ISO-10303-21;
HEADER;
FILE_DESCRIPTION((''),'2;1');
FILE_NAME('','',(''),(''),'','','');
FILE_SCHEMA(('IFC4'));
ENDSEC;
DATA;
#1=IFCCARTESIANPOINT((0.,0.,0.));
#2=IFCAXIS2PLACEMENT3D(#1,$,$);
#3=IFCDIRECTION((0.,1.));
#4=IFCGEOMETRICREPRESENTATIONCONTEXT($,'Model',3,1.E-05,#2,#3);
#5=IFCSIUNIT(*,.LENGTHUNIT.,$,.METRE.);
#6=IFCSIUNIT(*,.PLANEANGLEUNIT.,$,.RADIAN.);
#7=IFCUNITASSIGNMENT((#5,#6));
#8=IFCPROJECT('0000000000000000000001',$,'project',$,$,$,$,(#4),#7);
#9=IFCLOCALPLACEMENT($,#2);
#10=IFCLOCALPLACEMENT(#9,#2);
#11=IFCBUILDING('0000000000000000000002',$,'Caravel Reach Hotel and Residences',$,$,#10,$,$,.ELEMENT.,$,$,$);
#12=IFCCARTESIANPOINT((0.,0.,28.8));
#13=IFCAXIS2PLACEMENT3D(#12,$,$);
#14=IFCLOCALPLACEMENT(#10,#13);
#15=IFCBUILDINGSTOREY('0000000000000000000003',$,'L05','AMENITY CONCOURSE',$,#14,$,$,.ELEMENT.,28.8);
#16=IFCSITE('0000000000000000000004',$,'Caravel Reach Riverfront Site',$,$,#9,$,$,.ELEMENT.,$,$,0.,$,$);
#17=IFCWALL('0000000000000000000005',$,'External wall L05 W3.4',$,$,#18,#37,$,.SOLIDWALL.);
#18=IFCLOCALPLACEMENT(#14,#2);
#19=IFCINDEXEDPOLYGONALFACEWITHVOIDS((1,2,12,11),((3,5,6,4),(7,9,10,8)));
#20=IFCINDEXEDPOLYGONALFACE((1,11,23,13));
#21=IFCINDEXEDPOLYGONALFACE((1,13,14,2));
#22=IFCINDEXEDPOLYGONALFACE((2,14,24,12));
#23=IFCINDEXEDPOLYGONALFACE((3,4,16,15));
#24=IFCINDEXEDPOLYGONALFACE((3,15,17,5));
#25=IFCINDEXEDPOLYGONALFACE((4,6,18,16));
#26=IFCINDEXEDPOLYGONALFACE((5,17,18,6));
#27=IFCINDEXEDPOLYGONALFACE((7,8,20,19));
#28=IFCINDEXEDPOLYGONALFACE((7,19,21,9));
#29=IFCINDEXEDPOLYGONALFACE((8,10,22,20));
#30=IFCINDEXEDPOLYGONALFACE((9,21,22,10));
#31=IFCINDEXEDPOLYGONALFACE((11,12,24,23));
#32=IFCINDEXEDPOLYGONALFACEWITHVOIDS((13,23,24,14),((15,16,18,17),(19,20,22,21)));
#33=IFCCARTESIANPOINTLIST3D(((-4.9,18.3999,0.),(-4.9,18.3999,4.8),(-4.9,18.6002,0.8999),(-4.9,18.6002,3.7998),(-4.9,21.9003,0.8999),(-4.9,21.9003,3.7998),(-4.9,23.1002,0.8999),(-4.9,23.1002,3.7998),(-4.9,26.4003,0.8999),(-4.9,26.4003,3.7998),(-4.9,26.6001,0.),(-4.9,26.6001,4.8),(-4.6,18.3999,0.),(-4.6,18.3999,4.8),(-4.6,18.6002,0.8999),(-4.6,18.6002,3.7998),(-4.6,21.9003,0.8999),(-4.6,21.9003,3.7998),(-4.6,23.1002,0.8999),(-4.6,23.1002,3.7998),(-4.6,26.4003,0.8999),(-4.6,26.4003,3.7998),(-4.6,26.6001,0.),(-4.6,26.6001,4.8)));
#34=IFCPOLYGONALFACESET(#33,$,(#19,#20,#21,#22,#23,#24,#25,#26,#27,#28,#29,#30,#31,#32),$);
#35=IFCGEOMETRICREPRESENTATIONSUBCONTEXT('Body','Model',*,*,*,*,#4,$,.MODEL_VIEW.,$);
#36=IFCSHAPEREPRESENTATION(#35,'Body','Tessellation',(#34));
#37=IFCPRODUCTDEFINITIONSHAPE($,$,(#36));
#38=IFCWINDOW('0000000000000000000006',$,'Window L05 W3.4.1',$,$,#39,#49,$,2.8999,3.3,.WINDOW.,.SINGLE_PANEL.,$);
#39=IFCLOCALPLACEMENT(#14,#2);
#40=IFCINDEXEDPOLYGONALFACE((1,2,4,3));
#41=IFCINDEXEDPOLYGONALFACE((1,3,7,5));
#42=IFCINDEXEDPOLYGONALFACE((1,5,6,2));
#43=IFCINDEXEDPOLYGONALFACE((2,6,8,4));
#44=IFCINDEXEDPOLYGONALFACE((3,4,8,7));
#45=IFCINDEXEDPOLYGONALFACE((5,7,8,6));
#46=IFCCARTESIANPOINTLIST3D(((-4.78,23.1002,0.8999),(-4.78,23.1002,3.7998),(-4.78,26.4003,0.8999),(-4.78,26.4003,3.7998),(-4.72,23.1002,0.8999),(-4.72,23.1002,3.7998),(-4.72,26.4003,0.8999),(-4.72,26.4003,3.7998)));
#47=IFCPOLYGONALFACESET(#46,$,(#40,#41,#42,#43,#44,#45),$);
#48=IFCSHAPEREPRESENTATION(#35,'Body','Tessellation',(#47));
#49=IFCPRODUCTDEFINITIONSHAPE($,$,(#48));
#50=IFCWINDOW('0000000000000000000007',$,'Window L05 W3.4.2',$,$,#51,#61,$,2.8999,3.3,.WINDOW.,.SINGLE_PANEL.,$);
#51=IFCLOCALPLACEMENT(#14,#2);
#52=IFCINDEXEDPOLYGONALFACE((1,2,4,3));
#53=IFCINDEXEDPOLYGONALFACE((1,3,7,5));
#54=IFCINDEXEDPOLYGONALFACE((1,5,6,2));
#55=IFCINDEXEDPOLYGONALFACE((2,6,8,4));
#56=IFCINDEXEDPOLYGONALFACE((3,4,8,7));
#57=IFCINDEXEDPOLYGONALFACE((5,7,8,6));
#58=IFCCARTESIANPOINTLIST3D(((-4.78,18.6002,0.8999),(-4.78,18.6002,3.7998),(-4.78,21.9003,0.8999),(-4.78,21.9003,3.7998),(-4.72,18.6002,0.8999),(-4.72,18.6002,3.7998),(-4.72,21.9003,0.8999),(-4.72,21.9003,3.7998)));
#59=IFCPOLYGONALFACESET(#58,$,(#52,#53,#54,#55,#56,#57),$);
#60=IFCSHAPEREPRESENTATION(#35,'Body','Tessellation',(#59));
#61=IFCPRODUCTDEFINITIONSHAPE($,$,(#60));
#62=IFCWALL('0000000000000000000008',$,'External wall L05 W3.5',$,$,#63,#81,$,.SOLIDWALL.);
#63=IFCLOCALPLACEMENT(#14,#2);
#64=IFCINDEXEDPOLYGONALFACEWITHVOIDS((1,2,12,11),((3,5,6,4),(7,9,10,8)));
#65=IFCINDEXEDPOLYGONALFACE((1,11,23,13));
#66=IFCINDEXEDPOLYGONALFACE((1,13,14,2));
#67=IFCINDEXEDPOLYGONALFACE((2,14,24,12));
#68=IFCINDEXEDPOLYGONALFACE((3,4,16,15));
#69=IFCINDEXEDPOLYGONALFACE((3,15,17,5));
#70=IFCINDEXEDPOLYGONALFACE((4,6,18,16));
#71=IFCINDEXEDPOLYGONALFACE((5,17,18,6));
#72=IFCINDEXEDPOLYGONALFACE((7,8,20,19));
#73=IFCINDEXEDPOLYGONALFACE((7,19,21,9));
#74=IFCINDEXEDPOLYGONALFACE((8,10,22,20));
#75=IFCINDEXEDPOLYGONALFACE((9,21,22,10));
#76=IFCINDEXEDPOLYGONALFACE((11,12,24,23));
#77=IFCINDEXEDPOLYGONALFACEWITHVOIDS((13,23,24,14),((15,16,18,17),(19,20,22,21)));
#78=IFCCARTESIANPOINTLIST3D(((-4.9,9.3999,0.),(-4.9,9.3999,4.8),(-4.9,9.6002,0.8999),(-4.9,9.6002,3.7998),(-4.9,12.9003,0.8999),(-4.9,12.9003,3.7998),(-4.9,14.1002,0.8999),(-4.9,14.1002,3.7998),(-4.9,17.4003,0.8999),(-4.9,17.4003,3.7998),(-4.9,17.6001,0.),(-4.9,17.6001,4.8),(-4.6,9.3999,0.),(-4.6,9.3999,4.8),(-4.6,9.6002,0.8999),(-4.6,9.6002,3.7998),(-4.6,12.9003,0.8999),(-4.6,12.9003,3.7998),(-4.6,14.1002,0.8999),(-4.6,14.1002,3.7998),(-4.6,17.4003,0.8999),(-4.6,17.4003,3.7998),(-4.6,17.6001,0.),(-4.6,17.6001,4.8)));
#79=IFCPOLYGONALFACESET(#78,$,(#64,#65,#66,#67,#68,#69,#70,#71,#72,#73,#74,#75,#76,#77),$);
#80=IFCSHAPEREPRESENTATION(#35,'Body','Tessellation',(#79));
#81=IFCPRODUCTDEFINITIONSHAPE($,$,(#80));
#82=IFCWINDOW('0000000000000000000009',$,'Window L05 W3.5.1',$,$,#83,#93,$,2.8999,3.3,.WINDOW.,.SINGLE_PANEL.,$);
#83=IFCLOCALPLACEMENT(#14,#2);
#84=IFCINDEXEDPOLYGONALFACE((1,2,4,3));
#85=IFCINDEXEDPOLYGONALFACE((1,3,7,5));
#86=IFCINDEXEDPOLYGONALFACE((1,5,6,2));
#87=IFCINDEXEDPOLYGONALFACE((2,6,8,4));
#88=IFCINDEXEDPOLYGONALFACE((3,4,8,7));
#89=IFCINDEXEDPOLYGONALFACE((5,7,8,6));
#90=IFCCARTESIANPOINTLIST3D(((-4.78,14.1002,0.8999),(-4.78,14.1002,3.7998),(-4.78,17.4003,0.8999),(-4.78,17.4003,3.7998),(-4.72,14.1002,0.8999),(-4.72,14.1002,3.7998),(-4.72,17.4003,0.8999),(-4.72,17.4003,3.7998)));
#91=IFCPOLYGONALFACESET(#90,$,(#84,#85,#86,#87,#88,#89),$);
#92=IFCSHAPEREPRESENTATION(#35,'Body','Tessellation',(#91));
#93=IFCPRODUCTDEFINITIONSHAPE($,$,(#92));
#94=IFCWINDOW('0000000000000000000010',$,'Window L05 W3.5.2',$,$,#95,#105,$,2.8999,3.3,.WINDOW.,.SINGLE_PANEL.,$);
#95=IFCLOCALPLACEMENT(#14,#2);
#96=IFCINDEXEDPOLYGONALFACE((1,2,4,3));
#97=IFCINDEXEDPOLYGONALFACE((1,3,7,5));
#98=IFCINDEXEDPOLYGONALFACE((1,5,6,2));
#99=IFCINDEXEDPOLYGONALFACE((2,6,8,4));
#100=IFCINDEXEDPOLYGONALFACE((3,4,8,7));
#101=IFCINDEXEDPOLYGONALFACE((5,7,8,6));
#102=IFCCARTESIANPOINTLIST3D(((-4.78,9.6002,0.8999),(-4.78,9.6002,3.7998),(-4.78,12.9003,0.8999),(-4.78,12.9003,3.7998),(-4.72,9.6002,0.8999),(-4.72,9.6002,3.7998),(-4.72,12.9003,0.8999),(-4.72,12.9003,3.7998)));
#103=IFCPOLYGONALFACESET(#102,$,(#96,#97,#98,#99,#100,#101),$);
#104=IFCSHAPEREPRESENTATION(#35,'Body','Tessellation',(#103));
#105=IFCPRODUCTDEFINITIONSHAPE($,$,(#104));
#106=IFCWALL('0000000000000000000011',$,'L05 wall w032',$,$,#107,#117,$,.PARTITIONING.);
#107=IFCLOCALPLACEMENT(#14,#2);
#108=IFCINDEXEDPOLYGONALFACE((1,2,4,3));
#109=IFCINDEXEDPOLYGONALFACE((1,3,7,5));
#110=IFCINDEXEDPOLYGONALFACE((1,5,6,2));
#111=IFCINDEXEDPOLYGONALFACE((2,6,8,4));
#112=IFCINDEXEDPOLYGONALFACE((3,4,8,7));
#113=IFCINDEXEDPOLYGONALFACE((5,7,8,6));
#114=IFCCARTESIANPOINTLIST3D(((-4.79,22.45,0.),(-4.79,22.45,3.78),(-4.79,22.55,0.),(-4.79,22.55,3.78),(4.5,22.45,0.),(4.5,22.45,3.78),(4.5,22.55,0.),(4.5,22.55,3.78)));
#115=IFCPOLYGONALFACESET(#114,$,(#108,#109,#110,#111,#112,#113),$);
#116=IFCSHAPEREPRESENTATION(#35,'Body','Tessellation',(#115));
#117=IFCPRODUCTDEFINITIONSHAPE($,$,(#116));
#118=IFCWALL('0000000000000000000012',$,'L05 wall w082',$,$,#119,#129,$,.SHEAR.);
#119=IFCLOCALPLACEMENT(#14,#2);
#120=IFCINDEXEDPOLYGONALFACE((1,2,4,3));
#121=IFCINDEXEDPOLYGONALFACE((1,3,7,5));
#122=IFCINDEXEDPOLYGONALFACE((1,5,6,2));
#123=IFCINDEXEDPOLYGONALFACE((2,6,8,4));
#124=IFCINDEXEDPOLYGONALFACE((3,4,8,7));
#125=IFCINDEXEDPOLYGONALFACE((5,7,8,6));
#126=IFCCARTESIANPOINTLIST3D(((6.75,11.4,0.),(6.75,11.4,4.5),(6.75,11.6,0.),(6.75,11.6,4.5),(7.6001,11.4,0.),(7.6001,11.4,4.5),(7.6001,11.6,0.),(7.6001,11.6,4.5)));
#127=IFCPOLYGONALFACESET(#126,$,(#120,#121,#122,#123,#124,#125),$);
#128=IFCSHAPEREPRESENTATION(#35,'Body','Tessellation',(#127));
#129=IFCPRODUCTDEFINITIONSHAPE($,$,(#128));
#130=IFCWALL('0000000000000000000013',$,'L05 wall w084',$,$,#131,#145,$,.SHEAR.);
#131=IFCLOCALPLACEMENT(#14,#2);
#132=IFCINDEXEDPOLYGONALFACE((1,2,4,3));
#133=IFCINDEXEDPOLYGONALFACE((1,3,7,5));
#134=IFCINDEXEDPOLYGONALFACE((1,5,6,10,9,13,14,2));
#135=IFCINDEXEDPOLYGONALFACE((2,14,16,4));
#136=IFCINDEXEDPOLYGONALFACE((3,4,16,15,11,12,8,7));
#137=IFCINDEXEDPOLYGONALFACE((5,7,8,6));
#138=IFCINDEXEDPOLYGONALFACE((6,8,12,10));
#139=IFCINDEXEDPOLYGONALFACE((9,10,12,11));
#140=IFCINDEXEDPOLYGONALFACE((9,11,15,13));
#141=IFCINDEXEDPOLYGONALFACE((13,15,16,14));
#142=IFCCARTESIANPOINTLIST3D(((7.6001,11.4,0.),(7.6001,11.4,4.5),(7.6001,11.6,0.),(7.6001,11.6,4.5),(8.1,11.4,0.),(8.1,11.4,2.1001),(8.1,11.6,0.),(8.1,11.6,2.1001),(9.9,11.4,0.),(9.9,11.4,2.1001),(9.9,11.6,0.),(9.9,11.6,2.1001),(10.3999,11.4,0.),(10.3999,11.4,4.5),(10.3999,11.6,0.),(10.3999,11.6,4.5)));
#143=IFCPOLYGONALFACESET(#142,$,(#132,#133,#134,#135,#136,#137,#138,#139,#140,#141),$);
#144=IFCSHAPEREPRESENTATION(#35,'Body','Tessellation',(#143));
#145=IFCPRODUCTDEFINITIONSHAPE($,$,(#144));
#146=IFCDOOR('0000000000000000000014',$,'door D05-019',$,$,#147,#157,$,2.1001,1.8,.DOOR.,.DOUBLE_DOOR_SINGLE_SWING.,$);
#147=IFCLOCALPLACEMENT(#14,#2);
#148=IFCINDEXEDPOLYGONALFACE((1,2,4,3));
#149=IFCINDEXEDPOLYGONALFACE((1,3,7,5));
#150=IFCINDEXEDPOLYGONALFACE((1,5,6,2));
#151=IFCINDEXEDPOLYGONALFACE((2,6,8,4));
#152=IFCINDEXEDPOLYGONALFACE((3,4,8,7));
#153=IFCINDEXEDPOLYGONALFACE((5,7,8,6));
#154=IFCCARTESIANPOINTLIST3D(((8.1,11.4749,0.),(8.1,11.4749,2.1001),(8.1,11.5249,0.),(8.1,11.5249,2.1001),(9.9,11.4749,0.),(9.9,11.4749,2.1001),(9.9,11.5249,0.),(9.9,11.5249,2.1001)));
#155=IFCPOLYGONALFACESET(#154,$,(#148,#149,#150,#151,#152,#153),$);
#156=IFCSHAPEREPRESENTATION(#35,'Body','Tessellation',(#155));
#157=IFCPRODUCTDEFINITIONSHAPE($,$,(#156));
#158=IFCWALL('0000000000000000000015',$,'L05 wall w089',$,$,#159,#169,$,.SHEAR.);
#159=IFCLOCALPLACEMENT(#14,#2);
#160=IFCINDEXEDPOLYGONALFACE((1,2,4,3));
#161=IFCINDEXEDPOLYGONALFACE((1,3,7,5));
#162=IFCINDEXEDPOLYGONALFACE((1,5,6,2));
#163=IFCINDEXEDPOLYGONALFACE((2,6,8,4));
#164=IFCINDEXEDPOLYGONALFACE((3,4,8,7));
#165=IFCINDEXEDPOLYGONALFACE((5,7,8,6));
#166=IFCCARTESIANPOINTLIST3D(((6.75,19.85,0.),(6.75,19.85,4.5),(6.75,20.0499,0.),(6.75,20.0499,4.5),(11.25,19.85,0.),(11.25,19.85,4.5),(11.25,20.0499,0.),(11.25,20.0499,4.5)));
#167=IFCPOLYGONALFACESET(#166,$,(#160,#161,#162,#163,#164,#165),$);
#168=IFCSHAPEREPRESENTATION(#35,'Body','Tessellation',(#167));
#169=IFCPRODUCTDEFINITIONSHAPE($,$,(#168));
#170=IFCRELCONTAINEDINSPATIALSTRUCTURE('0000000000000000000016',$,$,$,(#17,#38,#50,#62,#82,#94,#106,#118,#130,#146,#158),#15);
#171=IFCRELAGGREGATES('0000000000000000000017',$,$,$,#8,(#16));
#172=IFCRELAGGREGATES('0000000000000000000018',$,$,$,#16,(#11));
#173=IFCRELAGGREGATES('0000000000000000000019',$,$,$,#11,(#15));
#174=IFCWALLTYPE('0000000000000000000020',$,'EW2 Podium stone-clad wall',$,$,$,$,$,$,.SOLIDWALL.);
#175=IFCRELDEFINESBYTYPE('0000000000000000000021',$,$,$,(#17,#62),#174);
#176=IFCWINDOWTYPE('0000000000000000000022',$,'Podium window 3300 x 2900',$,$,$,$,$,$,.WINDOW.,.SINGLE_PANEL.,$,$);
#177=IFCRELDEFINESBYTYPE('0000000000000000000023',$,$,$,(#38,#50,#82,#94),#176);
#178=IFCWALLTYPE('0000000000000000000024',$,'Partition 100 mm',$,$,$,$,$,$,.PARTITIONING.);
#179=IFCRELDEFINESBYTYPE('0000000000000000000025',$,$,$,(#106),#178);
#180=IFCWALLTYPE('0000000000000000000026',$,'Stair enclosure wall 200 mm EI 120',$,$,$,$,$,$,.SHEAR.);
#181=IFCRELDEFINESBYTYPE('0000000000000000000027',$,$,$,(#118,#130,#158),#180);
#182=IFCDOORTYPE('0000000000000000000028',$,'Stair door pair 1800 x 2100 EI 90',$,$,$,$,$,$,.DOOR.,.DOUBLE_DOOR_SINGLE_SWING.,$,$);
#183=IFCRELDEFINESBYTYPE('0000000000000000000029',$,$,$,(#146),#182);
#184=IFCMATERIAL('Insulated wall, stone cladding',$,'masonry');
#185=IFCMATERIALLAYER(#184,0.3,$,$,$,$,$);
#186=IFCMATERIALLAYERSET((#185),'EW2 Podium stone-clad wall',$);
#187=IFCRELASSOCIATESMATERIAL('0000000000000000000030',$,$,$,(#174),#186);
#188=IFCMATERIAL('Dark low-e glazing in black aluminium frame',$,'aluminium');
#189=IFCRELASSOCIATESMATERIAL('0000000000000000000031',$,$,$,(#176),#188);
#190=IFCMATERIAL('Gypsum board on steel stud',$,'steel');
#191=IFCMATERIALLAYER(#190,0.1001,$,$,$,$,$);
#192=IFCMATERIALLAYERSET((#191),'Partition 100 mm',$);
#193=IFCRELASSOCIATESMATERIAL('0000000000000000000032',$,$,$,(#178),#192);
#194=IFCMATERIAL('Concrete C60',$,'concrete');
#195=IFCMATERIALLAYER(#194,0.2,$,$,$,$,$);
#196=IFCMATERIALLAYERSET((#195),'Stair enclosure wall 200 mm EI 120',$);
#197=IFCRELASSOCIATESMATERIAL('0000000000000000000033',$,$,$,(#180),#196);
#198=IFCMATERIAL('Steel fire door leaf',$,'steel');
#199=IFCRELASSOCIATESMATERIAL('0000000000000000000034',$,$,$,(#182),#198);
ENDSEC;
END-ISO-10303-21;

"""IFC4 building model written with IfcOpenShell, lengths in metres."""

from ifc_helpers import new_model, si_unit, direction, frame, frame_2d, origin, place, context, subcontext, project, spatial, rectangle, extrude, material, layer, layer_set, type_object, element, fill, save


model = new_model("IFC4")

# Units and contexts
model_context = context("Model", 3, precision=1e-05, world=origin(), true_north=direction((0.0, 1.0)))
body_context = subcontext(model_context, "Body", "Model", "MODEL_VIEW")
ifc_project = project(units=[si_unit("LENGTHUNIT", "METRE"), si_unit("PLANEANGLEUNIT", "RADIAN")], contexts=[model_context])

# Site, building, storey
site_placement = place(None, origin())
site = spatial("IfcSite", under=ifc_project, at=site_placement, Name="Caravel Reach Riverfront Site", CompositionType="ELEMENT", RefElevation=0.0)
building_placement = place(site_placement, origin())
building = spatial("IfcBuilding", under=site, at=building_placement, Name="Caravel Reach Hotel and Residences", CompositionType="ELEMENT")
storey_placement = place(building_placement, frame((0.0, 0.0, 28.8)))
storey = spatial("IfcBuildingStorey", under=building, at=storey_placement, Name="L05", Description="AMENITY CONCOURSE", CompositionType="ELEMENT", Elevation=28.8)

# Walls, openings, windows
ifc_material_1 = material(Name="Insulated wall, stone cladding", Category="masonry")
ifc_layer_1 = layer(ifc_material_1, 0.3)
ifc_layer_set_1 = layer_set([ifc_layer_1], Name="EW2 Podium stone-clad wall")
wall_type_1 = type_object("IfcWallType", Name="EW2 Podium stone-clad wall", PredefinedType="SOLIDWALL", material=ifc_layer_set_1)
wall_1_placement = place(storey_placement, frame((-4.75, 26.6001, 0.0), z_axis=(0.0, 0.0, 1.0), x_axis=(0.0, -1.0, 0.0)))
wall_1 = element("IfcWall", 1, at=wall_1_placement, inside=storey, type_object=wall_type_1, Name="External wall L05 W3.4", PredefinedType="SOLIDWALL", context=body_context, shape_type="SweptSolid", body=[
    extrude(rectangle(XDim=8.2002, YDim=0.3, at=frame_2d((4.1001, 0.0))), origin(), (0.0, 0.0, 1.0), 4.8),
])
opening_1_placement = place(wall_1_placement, frame((0.2, 0.0, 0.8999)))
opening_1 = element("IfcOpeningElement", 2, at=opening_1_placement, cuts=wall_1, PredefinedType="OPENING", context=body_context, shape_type="SweptSolid", body=[
    extrude(rectangle(XDim=3.3, YDim=2.8999, at=frame_2d((1.6499, 1.45))), frame((0.0, 0.1599, 0.0), z_axis=(0.0, -1.0, 0.0), x_axis=(1.0, 0.0, 0.0)), (0.0, 0.0, 1.0), 0.3201),
])
opening_2_placement = place(wall_1_placement, frame((4.7, 0.0, 0.8999)))
opening_2 = element("IfcOpeningElement", 3, at=opening_2_placement, cuts=wall_1, PredefinedType="OPENING", context=body_context, shape_type="SweptSolid", body=[
    extrude(rectangle(XDim=3.3, YDim=2.8999, at=frame_2d((1.6499, 1.45))), frame((0.0, 0.1599, 0.0), z_axis=(0.0, -1.0, 0.0), x_axis=(1.0, 0.0, 0.0)), (0.0, 0.0, 1.0), 0.3201),
])
ifc_material_2 = material(Name="Dark low-e glazing in black aluminium frame", Category="aluminium")
window_type = type_object("IfcWindowType", Name="Podium window 3300 x 2900", PartitioningType="SINGLE_PANEL", PredefinedType="WINDOW", material=ifc_material_2)
window_1_placement = place(opening_1_placement, origin())
window_1 = element("IfcWindow", 4, at=window_1_placement, inside=storey, type_object=window_type, Name="Window L05 W3.4.1", OverallHeight=2.8999, OverallWidth=3.3, PartitioningType="SINGLE_PANEL", PredefinedType="WINDOW", context=body_context, shape_type="SweptSolid", body=[
    extrude(rectangle(XDim=3.3, YDim=2.8999, at=frame_2d((1.6499, 1.45))), frame((0.0, 0.03, 0.0), z_axis=(0.0, -1.0, 0.0), x_axis=(1.0, 0.0, 0.0)), (0.0, 0.0, 1.0), 0.0601),
])
fill(opening_1, window_1)
window_2_placement = place(opening_2_placement, origin())
window_2 = element("IfcWindow", 5, at=window_2_placement, inside=storey, type_object=window_type, Name="Window L05 W3.4.2", OverallHeight=2.8999, OverallWidth=3.3, PartitioningType="SINGLE_PANEL", PredefinedType="WINDOW", context=body_context, shape_type="SweptSolid", body=[
    extrude(rectangle(XDim=3.3, YDim=2.8999, at=frame_2d((1.6499, 1.45))), frame((0.0, 0.03, 0.0), z_axis=(0.0, -1.0, 0.0), x_axis=(1.0, 0.0, 0.0)), (0.0, 0.0, 1.0), 0.0601),
])
fill(opening_2, window_2)
wall_2_placement = place(storey_placement, frame((-4.75, 17.6001, 0.0), z_axis=(0.0, 0.0, 1.0), x_axis=(0.0, -1.0, 0.0)))
wall_2 = element("IfcWall", 6, at=wall_2_placement, inside=storey, type_object=wall_type_1, Name="External wall L05 W3.5", PredefinedType="SOLIDWALL", context=body_context, shape_type="SweptSolid", body=[
    extrude(rectangle(XDim=8.2002, YDim=0.3, at=frame_2d((4.1001, 0.0))), origin(), (0.0, 0.0, 1.0), 4.8),
])
opening_3_placement = place(wall_2_placement, frame((0.2, 0.0, 0.8999)))
opening_3 = element("IfcOpeningElement", 7, at=opening_3_placement, cuts=wall_2, PredefinedType="OPENING", context=body_context, shape_type="SweptSolid", body=[
    extrude(rectangle(XDim=3.3, YDim=2.8999, at=frame_2d((1.6499, 1.45))), frame((0.0, 0.1599, 0.0), z_axis=(0.0, -1.0, 0.0), x_axis=(1.0, 0.0, 0.0)), (0.0, 0.0, 1.0), 0.3201),
])
opening_4_placement = place(wall_2_placement, frame((4.7, 0.0, 0.8999)))
opening_4 = element("IfcOpeningElement", 8, at=opening_4_placement, cuts=wall_2, PredefinedType="OPENING", context=body_context, shape_type="SweptSolid", body=[
    extrude(rectangle(XDim=3.3, YDim=2.8999, at=frame_2d((1.6499, 1.45))), frame((0.0, 0.1599, 0.0), z_axis=(0.0, -1.0, 0.0), x_axis=(1.0, 0.0, 0.0)), (0.0, 0.0, 1.0), 0.3201),
])
window_3_placement = place(opening_3_placement, origin())
window_3 = element("IfcWindow", 9, at=window_3_placement, inside=storey, type_object=window_type, Name="Window L05 W3.5.1", OverallHeight=2.8999, OverallWidth=3.3, PartitioningType="SINGLE_PANEL", PredefinedType="WINDOW", context=body_context, shape_type="SweptSolid", body=[
    extrude(rectangle(XDim=3.3, YDim=2.8999, at=frame_2d((1.6499, 1.45))), frame((0.0, 0.03, 0.0), z_axis=(0.0, -1.0, 0.0), x_axis=(1.0, 0.0, 0.0)), (0.0, 0.0, 1.0), 0.0601),
])
fill(opening_3, window_3)
window_4_placement = place(opening_4_placement, origin())
window_4 = element("IfcWindow", 10, at=window_4_placement, inside=storey, type_object=window_type, Name="Window L05 W3.5.2", OverallHeight=2.8999, OverallWidth=3.3, PartitioningType="SINGLE_PANEL", PredefinedType="WINDOW", context=body_context, shape_type="SweptSolid", body=[
    extrude(rectangle(XDim=3.3, YDim=2.8999, at=frame_2d((1.6499, 1.45))), frame((0.0, 0.03, 0.0), z_axis=(0.0, -1.0, 0.0), x_axis=(1.0, 0.0, 0.0)), (0.0, 0.0, 1.0), 0.0601),
])
fill(opening_4, window_4)

# Walls
ifc_material_3 = material(Name="Gypsum board on steel stud", Category="steel")
ifc_layer_2 = layer(ifc_material_3, 0.1001)
ifc_layer_set_2 = layer_set([ifc_layer_2], Name="Partition 100 mm")
wall_type_2 = type_object("IfcWallType", Name="Partition 100 mm", PredefinedType="PARTITIONING", material=ifc_layer_set_2)
wall_3_placement = place(storey_placement, frame((-4.79, 22.5, 0.0), z_axis=(0.0, 0.0, 1.0), x_axis=(1.0, 0.0, 0.0)))
element("IfcWall", 11, at=wall_3_placement, inside=storey, type_object=wall_type_2, Name="L05 wall w032", PredefinedType="PARTITIONING", context=body_context, shape_type="SweptSolid", body=[
    extrude(rectangle(XDim=9.29, YDim=0.1001, at=frame_2d((4.645, 0.0))), origin(), (0.0, 0.0, 1.0), 3.78),
])
ifc_material_4 = material(Name="Concrete C60", Category="concrete")
ifc_layer_3 = layer(ifc_material_4, 0.2)
ifc_layer_set_3 = layer_set([ifc_layer_3], Name="Stair enclosure wall 200 mm EI 120")
wall_type_3 = type_object("IfcWallType", Name="Stair enclosure wall 200 mm EI 120", PredefinedType="SHEAR", material=ifc_layer_set_3)
wall_4_placement = place(storey_placement, frame((6.75, 11.5, 0.0), z_axis=(0.0, 0.0, 1.0), x_axis=(1.0, 0.0, 0.0)))
element("IfcWall", 12, at=wall_4_placement, inside=storey, type_object=wall_type_3, Name="L05 wall w082", PredefinedType="SHEAR", context=body_context, shape_type="SweptSolid", body=[
    extrude(rectangle(XDim=0.8501, YDim=0.2, at=frame_2d((0.425, 0.0))), origin(), (0.0, 0.0, 1.0), 4.5),
])

# Wall, opening, door
wall_5_placement = place(storey_placement, frame((7.6001, 11.5, 0.0), z_axis=(0.0, 0.0, 1.0), x_axis=(1.0, 0.0, 0.0)))
wall_5 = element("IfcWall", 13, at=wall_5_placement, inside=storey, type_object=wall_type_3, Name="L05 wall w084", PredefinedType="SHEAR", context=body_context, shape_type="SweptSolid", body=[
    extrude(rectangle(XDim=2.7998, YDim=0.2, at=frame_2d((1.3999, 0.0))), origin(), (0.0, 0.0, 1.0), 4.5),
])
opening_5_placement = place(wall_5_placement, frame((0.5, 0.0, 0.0)))
opening_5 = element("IfcOpeningElement", 14, at=opening_5_placement, cuts=wall_5, PredefinedType="OPENING", context=body_context, shape_type="SweptSolid", body=[
    extrude(rectangle(XDim=1.8, YDim=2.1001, at=frame_2d((0.8999, 1.05))), frame((0.0, 0.1099, 0.0), z_axis=(0.0, -1.0, 0.0), x_axis=(1.0, 0.0, 0.0)), (0.0, 0.0, 1.0), 0.22),
])
ifc_material_5 = material(Name="Steel fire door leaf", Category="steel")
door_type_1 = type_object("IfcDoorType", Name="Stair door pair 1800 x 2100 EI 90", OperationType="DOUBLE_DOOR_SINGLE_SWING", PredefinedType="DOOR", material=ifc_material_5)
door_1_placement = place(opening_5_placement, origin())
door_1 = element("IfcDoor", 15, at=door_1_placement, inside=storey, type_object=door_type_1, Name="door D05-019", OperationType="DOUBLE_DOOR_SINGLE_SWING", OverallHeight=2.1001, OverallWidth=1.8, PredefinedType="DOOR", context=body_context, shape_type="SweptSolid", body=[
    extrude(rectangle(XDim=1.8, YDim=2.1001, at=frame_2d((0.8999, 1.05))), frame((0.0, 0.0249, 0.0), z_axis=(0.0, -1.0, 0.0), x_axis=(1.0, 0.0, 0.0)), (0.0, 0.0, 1.0), 0.05),
])
fill(opening_5, door_1)

# Wall
wall_6_placement = place(storey_placement, frame((6.75, 19.95, 0.0), z_axis=(0.0, 0.0, 1.0), x_axis=(1.0, 0.0, 0.0)))
element("IfcWall", 16, at=wall_6_placement, inside=storey, type_object=wall_type_3, Name="L05 wall w089", PredefinedType="SHEAR", context=body_context, shape_type="SweptSolid", body=[
    extrude(rectangle(XDim=4.5, YDim=0.2, at=frame_2d((2.25, 0.0))), origin(), (0.0, 0.0, 1.0), 4.5),
])

save(model, "model.ifc")
